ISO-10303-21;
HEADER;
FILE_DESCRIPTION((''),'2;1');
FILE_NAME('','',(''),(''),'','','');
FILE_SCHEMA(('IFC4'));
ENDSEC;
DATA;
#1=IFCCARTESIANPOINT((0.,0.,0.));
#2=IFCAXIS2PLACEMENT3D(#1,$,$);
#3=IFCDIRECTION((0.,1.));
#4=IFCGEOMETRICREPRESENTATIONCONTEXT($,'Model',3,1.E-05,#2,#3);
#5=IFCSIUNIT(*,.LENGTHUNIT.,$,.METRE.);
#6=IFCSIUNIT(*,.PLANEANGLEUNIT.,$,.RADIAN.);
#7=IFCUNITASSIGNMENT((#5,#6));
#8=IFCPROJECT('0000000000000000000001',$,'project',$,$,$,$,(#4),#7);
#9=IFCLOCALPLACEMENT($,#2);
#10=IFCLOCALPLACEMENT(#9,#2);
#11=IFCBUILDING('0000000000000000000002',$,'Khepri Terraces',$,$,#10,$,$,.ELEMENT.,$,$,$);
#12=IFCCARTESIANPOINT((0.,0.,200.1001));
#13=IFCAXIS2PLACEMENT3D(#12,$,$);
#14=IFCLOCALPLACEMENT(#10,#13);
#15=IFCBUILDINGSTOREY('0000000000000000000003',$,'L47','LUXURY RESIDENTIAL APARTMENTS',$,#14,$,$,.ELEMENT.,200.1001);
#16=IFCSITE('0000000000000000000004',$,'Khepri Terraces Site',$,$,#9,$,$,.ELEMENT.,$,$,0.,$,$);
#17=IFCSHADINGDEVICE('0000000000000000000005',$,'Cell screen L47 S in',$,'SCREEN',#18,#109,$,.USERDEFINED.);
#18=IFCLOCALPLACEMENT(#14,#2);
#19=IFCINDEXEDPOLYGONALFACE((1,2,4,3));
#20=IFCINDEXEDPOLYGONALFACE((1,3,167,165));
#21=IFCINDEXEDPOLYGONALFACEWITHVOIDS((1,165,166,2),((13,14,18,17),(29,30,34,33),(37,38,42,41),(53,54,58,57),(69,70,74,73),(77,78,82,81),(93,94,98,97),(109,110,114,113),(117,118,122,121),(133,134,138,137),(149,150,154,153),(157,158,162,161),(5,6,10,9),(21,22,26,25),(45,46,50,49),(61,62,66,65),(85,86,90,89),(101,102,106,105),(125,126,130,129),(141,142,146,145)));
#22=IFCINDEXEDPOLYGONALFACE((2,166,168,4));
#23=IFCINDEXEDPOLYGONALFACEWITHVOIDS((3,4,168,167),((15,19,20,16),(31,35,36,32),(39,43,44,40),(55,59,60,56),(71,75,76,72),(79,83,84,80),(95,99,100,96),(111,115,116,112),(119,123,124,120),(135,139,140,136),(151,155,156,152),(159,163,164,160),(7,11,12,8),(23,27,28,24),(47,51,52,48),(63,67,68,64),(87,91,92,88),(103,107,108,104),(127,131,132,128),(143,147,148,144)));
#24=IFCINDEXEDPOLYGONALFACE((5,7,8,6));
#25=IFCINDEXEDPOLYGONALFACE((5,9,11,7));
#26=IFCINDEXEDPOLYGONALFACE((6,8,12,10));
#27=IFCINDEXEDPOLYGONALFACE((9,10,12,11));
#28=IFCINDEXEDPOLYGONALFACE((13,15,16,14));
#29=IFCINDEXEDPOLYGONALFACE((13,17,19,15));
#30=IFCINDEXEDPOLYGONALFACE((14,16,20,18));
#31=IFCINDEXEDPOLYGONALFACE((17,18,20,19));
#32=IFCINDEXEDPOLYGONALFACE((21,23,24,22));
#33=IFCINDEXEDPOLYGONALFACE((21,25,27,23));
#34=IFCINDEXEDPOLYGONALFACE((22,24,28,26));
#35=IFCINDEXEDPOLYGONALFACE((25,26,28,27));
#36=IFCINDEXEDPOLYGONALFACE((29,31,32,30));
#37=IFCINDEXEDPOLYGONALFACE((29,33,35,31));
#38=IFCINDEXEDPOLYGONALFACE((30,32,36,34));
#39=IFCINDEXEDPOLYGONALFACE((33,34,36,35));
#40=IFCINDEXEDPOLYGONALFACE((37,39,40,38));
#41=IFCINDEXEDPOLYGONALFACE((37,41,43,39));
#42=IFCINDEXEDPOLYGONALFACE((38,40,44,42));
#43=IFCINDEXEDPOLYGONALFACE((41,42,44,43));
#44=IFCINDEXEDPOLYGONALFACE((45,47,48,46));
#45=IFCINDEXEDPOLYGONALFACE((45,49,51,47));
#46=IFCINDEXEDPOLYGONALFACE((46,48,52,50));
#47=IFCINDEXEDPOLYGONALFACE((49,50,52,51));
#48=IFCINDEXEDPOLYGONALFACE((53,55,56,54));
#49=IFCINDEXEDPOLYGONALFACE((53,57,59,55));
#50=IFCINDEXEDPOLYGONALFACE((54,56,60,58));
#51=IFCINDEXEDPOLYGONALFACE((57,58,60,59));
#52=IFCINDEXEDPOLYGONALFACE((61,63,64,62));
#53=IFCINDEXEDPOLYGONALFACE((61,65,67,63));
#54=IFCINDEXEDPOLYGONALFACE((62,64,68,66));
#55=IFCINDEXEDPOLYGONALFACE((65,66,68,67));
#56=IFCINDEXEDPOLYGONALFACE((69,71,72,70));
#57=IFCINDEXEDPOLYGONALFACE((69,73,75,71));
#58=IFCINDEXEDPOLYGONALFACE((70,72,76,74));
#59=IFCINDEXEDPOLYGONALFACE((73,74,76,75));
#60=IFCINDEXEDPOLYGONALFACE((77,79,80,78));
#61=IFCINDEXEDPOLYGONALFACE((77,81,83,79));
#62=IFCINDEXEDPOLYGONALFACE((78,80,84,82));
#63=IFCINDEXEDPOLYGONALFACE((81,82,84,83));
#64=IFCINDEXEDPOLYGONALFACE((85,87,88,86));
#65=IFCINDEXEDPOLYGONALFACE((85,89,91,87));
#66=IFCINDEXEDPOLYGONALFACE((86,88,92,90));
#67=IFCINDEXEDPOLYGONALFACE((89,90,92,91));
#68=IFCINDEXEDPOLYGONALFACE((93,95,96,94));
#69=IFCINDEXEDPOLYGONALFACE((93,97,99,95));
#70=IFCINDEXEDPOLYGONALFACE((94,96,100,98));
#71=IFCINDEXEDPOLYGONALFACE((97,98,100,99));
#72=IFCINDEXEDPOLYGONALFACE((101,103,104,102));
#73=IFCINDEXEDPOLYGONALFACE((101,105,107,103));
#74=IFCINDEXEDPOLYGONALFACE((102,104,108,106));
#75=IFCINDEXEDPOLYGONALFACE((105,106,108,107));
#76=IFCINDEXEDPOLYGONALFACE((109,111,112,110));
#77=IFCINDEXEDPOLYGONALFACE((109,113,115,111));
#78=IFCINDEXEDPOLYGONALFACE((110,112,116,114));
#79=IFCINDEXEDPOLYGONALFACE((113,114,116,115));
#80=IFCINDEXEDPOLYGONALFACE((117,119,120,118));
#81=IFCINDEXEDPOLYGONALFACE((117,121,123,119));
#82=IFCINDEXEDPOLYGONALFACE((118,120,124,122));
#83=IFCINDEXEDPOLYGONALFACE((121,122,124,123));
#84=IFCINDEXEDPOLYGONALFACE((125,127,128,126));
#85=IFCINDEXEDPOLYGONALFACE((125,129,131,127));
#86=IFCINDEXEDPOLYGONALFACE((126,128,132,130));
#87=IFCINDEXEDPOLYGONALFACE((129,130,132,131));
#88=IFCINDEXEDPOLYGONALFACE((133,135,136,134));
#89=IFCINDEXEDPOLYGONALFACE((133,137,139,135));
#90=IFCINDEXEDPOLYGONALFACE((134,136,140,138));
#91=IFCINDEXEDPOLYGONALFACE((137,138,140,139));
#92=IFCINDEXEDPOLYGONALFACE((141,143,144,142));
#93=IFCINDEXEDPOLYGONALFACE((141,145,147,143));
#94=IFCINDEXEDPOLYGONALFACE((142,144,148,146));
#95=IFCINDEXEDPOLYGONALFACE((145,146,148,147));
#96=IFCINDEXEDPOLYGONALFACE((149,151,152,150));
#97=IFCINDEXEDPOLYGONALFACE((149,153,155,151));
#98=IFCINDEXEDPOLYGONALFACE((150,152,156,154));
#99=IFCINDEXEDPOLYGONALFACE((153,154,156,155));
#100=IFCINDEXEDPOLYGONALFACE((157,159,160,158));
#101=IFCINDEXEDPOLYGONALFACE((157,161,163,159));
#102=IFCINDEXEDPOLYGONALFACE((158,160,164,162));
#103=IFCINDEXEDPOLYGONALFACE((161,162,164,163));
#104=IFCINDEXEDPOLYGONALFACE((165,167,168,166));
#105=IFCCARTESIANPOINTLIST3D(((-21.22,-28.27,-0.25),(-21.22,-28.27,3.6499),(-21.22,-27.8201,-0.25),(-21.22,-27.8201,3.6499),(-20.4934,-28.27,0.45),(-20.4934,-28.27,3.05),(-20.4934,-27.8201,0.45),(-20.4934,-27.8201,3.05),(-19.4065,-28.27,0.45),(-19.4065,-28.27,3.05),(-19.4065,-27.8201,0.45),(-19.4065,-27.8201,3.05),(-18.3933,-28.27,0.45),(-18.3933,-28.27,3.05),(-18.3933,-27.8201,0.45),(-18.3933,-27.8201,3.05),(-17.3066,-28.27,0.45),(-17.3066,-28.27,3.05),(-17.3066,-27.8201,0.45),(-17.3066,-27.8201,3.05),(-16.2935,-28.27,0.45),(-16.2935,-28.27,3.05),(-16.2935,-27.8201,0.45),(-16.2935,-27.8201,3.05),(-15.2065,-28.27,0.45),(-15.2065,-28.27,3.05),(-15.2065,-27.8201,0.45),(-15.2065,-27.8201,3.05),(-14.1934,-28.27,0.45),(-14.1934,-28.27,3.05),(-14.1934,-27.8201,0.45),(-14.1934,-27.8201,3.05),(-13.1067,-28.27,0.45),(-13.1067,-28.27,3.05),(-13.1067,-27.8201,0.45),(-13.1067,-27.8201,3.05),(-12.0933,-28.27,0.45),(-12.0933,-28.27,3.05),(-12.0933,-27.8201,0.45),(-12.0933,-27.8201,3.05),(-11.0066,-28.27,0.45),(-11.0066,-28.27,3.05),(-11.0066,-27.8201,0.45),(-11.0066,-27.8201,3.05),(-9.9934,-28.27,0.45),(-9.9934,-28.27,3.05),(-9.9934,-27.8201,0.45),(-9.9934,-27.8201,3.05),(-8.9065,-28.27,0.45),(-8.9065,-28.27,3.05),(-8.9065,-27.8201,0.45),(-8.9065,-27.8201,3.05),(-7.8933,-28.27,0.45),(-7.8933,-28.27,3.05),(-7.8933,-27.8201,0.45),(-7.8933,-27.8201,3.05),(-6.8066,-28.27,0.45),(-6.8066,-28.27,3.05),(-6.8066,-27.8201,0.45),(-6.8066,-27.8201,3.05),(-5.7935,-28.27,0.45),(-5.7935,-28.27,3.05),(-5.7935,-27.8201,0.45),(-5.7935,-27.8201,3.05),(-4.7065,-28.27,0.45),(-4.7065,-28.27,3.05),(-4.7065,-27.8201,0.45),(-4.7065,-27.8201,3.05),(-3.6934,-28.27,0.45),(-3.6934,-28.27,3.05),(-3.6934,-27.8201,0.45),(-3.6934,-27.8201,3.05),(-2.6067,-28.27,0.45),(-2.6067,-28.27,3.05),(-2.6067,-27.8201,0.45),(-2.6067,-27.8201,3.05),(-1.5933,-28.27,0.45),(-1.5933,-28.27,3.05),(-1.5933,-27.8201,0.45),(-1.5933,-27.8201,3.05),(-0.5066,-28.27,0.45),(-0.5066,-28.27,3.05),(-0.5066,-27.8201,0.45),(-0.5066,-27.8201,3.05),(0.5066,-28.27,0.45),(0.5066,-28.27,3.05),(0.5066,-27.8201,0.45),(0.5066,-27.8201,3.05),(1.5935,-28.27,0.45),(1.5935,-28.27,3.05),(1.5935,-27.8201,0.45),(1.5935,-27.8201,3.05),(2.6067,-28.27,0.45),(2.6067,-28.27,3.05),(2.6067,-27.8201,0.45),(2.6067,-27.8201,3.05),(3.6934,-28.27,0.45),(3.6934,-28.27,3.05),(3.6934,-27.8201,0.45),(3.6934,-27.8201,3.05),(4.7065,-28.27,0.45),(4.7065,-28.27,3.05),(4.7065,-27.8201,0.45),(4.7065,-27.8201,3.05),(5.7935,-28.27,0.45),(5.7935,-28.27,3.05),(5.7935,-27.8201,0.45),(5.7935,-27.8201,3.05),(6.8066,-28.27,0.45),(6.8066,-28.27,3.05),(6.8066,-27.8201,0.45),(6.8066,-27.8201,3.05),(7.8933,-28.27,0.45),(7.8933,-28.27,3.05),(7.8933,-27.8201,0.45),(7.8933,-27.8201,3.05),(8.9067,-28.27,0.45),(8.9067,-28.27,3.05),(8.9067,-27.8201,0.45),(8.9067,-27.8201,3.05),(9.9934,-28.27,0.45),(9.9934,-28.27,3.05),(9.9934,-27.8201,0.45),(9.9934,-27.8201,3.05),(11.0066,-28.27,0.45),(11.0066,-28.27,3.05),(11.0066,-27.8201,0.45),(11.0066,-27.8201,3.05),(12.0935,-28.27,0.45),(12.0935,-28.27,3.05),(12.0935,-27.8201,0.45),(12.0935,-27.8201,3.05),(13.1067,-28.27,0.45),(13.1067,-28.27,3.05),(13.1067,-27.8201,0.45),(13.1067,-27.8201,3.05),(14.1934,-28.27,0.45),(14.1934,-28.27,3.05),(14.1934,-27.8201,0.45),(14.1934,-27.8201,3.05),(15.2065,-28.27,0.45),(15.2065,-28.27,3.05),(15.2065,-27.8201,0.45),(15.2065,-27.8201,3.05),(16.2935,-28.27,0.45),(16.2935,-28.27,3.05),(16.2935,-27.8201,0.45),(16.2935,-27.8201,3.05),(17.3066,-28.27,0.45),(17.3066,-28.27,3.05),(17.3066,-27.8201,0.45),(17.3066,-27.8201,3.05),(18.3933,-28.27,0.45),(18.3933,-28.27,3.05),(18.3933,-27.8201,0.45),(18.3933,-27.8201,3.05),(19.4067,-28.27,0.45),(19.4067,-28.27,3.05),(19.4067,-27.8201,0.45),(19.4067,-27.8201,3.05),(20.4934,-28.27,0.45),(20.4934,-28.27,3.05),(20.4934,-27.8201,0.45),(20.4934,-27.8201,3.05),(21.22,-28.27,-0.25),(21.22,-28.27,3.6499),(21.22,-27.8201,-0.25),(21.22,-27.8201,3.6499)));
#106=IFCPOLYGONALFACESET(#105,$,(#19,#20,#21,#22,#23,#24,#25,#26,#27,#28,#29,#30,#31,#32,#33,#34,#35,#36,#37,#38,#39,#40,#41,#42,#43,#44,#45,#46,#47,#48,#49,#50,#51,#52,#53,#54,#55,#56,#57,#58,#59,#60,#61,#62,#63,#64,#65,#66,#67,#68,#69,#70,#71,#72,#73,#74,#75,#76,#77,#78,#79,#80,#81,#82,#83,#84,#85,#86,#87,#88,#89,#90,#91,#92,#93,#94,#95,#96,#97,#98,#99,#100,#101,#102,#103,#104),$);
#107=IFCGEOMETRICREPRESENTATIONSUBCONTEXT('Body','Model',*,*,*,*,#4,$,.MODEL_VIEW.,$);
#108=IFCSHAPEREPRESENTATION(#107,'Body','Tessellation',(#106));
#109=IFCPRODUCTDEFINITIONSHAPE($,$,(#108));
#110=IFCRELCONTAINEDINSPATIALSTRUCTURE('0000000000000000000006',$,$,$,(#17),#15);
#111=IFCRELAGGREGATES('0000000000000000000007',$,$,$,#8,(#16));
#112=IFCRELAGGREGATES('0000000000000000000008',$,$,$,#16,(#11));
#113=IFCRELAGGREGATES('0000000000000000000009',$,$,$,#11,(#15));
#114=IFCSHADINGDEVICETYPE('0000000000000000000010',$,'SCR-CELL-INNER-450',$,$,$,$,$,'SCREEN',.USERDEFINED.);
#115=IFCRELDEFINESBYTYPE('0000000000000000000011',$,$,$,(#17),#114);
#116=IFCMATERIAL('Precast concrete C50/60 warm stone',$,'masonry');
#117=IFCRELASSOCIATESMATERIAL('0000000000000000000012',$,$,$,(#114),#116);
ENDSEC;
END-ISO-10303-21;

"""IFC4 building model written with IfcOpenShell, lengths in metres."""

from ifc_helpers import new_model, si_unit, direction, frame, origin, place, context, subcontext, project, spatial, polyline, outline, extrude, material, type_object, element, save


model = new_model("IFC4")

# Units and contexts
model_context = context("Model", 3, precision=1e-05, world=origin(), true_north=direction((0.0, 1.0)))
body_context = subcontext(model_context, "Body", "Model", "MODEL_VIEW")
ifc_project = project(units=[si_unit("LENGTHUNIT", "METRE"), si_unit("PLANEANGLEUNIT", "RADIAN")], contexts=[model_context])

# Site, building, storey
site_placement = place(None, origin())
site = spatial("IfcSite", under=ifc_project, at=site_placement, Name="Khepri Terraces Site", CompositionType="ELEMENT", RefElevation=0.0)
building_placement = place(site_placement, origin())
building = spatial("IfcBuilding", under=site, at=building_placement, Name="Khepri Terraces", CompositionType="ELEMENT")
storey_placement = place(building_placement, frame((0.0, 0.0, 200.1001)))
storey = spatial("IfcBuildingStorey", under=building, at=storey_placement, Name="L47", Description="LUXURY RESIDENTIAL APARTMENTS", CompositionType="ELEMENT", Elevation=200.1001)

# Shared definitions
ifc_material_1 = material(Name="Precast concrete C50/60 warm stone", Category="masonry")

# Shading device
shading_device_type_1 = type_object("IfcShadingDeviceType", Name="SCR-CELL-INNER-450", ElementType="SCREEN", PredefinedType="USERDEFINED", material=ifc_material_1)
shading_device_1_placement = place(storey_placement, frame((-21.22, -27.8201, -0.25), z_axis=(0.0, -1.0, 0.0), x_axis=(1.0, 0.0, 0.0)))
element("IfcShadingDevice", 1, at=shading_device_1_placement, inside=storey, type_object=shading_device_type_1, Name="Cell screen L47 S in", ObjectType="SCREEN", PredefinedType="USERDEFINED", context=body_context, shape_type="SweptSolid", body=[
    extrude(outline(polyline([(0.0, 0.0), (42.4399, 0.0), (42.4399, 3.8999), (0.0, 3.8999), (0.0, 0.0)]), holes=[polyline([(0.7266, 0.7), (1.8135, 0.7), (1.8135, 3.3), (0.7266, 3.3), (0.7266, 0.7)]), polyline([(2.8267, 0.7), (3.9133, 0.7), (3.9133, 3.3), (2.8267, 3.3), (2.8267, 0.7)]), polyline([(4.9265, 0.7), (6.0134, 0.7), (6.0134, 3.3), (4.9265, 3.3), (4.9265, 0.7)]), polyline([(7.0266, 0.7), (8.1133, 0.7), (8.1133, 3.3), (7.0266, 3.3), (7.0266, 0.7)]), polyline([(9.1267, 0.7), (10.2134, 0.7), (10.2134, 3.3), (9.1267, 3.3), (9.1267, 0.7)]), polyline([(11.2266, 0.7), (12.3135, 0.7), (12.3135, 3.3), (11.2266, 3.3), (11.2266, 0.7)]), polyline([(13.3267, 0.7), (14.4133, 0.7), (14.4133, 3.3), (13.3267, 3.3), (13.3267, 0.7)]), polyline([(15.4265, 0.7), (16.5134, 0.7), (16.5134, 3.3), (15.4265, 3.3), (15.4265, 0.7)]), polyline([(17.5266, 0.7), (18.6133, 0.7), (18.6133, 3.3), (17.5266, 3.3), (17.5266, 0.7)]), polyline([(19.6267, 0.7), (20.7134, 0.7), (20.7134, 3.3), (19.6267, 3.3), (19.6267, 0.7)]), polyline([(21.7266, 0.7), (22.8135, 0.7), (22.8135, 3.3), (21.7266, 3.3), (21.7266, 0.7)]), polyline([(23.8267, 0.7), (24.9133, 0.7), (24.9133, 3.3), (23.8267, 3.3), (23.8267, 0.7)]), polyline([(25.9265, 0.7), (27.0134, 0.7), (27.0134, 3.3), (25.9265, 3.3), (25.9265, 0.7)]), polyline([(28.0266, 0.7), (29.1133, 0.7), (29.1133, 3.3), (28.0266, 3.3), (28.0266, 0.7)]), polyline([(30.1267, 0.7), (31.2134, 0.7), (31.2134, 3.3), (30.1267, 3.3), (30.1267, 0.7)]), polyline([(32.2266, 0.7), (33.3135, 0.7), (33.3135, 3.3), (32.2266, 3.3), (32.2266, 0.7)]), polyline([(34.3267, 0.7), (35.4133, 0.7), (35.4133, 3.3), (34.3267, 3.3), (34.3267, 0.7)]), polyline([(36.4265, 0.7), (37.5134, 0.7), (37.5134, 3.3), (36.4265, 3.3), (36.4265, 0.7)]), polyline([(38.5266, 0.7), (39.6133, 0.7), (39.6133, 3.3), (38.5266, 3.3), (38.5266, 0.7)]), polyline([(40.6267, 0.7), (41.7134, 0.7), (41.7134, 3.3), (40.6267, 3.3), (40.6267, 0.7)])]), origin(), (0.0, 0.0, 1.0), 0.45),
])

save(model, "model.ifc")
